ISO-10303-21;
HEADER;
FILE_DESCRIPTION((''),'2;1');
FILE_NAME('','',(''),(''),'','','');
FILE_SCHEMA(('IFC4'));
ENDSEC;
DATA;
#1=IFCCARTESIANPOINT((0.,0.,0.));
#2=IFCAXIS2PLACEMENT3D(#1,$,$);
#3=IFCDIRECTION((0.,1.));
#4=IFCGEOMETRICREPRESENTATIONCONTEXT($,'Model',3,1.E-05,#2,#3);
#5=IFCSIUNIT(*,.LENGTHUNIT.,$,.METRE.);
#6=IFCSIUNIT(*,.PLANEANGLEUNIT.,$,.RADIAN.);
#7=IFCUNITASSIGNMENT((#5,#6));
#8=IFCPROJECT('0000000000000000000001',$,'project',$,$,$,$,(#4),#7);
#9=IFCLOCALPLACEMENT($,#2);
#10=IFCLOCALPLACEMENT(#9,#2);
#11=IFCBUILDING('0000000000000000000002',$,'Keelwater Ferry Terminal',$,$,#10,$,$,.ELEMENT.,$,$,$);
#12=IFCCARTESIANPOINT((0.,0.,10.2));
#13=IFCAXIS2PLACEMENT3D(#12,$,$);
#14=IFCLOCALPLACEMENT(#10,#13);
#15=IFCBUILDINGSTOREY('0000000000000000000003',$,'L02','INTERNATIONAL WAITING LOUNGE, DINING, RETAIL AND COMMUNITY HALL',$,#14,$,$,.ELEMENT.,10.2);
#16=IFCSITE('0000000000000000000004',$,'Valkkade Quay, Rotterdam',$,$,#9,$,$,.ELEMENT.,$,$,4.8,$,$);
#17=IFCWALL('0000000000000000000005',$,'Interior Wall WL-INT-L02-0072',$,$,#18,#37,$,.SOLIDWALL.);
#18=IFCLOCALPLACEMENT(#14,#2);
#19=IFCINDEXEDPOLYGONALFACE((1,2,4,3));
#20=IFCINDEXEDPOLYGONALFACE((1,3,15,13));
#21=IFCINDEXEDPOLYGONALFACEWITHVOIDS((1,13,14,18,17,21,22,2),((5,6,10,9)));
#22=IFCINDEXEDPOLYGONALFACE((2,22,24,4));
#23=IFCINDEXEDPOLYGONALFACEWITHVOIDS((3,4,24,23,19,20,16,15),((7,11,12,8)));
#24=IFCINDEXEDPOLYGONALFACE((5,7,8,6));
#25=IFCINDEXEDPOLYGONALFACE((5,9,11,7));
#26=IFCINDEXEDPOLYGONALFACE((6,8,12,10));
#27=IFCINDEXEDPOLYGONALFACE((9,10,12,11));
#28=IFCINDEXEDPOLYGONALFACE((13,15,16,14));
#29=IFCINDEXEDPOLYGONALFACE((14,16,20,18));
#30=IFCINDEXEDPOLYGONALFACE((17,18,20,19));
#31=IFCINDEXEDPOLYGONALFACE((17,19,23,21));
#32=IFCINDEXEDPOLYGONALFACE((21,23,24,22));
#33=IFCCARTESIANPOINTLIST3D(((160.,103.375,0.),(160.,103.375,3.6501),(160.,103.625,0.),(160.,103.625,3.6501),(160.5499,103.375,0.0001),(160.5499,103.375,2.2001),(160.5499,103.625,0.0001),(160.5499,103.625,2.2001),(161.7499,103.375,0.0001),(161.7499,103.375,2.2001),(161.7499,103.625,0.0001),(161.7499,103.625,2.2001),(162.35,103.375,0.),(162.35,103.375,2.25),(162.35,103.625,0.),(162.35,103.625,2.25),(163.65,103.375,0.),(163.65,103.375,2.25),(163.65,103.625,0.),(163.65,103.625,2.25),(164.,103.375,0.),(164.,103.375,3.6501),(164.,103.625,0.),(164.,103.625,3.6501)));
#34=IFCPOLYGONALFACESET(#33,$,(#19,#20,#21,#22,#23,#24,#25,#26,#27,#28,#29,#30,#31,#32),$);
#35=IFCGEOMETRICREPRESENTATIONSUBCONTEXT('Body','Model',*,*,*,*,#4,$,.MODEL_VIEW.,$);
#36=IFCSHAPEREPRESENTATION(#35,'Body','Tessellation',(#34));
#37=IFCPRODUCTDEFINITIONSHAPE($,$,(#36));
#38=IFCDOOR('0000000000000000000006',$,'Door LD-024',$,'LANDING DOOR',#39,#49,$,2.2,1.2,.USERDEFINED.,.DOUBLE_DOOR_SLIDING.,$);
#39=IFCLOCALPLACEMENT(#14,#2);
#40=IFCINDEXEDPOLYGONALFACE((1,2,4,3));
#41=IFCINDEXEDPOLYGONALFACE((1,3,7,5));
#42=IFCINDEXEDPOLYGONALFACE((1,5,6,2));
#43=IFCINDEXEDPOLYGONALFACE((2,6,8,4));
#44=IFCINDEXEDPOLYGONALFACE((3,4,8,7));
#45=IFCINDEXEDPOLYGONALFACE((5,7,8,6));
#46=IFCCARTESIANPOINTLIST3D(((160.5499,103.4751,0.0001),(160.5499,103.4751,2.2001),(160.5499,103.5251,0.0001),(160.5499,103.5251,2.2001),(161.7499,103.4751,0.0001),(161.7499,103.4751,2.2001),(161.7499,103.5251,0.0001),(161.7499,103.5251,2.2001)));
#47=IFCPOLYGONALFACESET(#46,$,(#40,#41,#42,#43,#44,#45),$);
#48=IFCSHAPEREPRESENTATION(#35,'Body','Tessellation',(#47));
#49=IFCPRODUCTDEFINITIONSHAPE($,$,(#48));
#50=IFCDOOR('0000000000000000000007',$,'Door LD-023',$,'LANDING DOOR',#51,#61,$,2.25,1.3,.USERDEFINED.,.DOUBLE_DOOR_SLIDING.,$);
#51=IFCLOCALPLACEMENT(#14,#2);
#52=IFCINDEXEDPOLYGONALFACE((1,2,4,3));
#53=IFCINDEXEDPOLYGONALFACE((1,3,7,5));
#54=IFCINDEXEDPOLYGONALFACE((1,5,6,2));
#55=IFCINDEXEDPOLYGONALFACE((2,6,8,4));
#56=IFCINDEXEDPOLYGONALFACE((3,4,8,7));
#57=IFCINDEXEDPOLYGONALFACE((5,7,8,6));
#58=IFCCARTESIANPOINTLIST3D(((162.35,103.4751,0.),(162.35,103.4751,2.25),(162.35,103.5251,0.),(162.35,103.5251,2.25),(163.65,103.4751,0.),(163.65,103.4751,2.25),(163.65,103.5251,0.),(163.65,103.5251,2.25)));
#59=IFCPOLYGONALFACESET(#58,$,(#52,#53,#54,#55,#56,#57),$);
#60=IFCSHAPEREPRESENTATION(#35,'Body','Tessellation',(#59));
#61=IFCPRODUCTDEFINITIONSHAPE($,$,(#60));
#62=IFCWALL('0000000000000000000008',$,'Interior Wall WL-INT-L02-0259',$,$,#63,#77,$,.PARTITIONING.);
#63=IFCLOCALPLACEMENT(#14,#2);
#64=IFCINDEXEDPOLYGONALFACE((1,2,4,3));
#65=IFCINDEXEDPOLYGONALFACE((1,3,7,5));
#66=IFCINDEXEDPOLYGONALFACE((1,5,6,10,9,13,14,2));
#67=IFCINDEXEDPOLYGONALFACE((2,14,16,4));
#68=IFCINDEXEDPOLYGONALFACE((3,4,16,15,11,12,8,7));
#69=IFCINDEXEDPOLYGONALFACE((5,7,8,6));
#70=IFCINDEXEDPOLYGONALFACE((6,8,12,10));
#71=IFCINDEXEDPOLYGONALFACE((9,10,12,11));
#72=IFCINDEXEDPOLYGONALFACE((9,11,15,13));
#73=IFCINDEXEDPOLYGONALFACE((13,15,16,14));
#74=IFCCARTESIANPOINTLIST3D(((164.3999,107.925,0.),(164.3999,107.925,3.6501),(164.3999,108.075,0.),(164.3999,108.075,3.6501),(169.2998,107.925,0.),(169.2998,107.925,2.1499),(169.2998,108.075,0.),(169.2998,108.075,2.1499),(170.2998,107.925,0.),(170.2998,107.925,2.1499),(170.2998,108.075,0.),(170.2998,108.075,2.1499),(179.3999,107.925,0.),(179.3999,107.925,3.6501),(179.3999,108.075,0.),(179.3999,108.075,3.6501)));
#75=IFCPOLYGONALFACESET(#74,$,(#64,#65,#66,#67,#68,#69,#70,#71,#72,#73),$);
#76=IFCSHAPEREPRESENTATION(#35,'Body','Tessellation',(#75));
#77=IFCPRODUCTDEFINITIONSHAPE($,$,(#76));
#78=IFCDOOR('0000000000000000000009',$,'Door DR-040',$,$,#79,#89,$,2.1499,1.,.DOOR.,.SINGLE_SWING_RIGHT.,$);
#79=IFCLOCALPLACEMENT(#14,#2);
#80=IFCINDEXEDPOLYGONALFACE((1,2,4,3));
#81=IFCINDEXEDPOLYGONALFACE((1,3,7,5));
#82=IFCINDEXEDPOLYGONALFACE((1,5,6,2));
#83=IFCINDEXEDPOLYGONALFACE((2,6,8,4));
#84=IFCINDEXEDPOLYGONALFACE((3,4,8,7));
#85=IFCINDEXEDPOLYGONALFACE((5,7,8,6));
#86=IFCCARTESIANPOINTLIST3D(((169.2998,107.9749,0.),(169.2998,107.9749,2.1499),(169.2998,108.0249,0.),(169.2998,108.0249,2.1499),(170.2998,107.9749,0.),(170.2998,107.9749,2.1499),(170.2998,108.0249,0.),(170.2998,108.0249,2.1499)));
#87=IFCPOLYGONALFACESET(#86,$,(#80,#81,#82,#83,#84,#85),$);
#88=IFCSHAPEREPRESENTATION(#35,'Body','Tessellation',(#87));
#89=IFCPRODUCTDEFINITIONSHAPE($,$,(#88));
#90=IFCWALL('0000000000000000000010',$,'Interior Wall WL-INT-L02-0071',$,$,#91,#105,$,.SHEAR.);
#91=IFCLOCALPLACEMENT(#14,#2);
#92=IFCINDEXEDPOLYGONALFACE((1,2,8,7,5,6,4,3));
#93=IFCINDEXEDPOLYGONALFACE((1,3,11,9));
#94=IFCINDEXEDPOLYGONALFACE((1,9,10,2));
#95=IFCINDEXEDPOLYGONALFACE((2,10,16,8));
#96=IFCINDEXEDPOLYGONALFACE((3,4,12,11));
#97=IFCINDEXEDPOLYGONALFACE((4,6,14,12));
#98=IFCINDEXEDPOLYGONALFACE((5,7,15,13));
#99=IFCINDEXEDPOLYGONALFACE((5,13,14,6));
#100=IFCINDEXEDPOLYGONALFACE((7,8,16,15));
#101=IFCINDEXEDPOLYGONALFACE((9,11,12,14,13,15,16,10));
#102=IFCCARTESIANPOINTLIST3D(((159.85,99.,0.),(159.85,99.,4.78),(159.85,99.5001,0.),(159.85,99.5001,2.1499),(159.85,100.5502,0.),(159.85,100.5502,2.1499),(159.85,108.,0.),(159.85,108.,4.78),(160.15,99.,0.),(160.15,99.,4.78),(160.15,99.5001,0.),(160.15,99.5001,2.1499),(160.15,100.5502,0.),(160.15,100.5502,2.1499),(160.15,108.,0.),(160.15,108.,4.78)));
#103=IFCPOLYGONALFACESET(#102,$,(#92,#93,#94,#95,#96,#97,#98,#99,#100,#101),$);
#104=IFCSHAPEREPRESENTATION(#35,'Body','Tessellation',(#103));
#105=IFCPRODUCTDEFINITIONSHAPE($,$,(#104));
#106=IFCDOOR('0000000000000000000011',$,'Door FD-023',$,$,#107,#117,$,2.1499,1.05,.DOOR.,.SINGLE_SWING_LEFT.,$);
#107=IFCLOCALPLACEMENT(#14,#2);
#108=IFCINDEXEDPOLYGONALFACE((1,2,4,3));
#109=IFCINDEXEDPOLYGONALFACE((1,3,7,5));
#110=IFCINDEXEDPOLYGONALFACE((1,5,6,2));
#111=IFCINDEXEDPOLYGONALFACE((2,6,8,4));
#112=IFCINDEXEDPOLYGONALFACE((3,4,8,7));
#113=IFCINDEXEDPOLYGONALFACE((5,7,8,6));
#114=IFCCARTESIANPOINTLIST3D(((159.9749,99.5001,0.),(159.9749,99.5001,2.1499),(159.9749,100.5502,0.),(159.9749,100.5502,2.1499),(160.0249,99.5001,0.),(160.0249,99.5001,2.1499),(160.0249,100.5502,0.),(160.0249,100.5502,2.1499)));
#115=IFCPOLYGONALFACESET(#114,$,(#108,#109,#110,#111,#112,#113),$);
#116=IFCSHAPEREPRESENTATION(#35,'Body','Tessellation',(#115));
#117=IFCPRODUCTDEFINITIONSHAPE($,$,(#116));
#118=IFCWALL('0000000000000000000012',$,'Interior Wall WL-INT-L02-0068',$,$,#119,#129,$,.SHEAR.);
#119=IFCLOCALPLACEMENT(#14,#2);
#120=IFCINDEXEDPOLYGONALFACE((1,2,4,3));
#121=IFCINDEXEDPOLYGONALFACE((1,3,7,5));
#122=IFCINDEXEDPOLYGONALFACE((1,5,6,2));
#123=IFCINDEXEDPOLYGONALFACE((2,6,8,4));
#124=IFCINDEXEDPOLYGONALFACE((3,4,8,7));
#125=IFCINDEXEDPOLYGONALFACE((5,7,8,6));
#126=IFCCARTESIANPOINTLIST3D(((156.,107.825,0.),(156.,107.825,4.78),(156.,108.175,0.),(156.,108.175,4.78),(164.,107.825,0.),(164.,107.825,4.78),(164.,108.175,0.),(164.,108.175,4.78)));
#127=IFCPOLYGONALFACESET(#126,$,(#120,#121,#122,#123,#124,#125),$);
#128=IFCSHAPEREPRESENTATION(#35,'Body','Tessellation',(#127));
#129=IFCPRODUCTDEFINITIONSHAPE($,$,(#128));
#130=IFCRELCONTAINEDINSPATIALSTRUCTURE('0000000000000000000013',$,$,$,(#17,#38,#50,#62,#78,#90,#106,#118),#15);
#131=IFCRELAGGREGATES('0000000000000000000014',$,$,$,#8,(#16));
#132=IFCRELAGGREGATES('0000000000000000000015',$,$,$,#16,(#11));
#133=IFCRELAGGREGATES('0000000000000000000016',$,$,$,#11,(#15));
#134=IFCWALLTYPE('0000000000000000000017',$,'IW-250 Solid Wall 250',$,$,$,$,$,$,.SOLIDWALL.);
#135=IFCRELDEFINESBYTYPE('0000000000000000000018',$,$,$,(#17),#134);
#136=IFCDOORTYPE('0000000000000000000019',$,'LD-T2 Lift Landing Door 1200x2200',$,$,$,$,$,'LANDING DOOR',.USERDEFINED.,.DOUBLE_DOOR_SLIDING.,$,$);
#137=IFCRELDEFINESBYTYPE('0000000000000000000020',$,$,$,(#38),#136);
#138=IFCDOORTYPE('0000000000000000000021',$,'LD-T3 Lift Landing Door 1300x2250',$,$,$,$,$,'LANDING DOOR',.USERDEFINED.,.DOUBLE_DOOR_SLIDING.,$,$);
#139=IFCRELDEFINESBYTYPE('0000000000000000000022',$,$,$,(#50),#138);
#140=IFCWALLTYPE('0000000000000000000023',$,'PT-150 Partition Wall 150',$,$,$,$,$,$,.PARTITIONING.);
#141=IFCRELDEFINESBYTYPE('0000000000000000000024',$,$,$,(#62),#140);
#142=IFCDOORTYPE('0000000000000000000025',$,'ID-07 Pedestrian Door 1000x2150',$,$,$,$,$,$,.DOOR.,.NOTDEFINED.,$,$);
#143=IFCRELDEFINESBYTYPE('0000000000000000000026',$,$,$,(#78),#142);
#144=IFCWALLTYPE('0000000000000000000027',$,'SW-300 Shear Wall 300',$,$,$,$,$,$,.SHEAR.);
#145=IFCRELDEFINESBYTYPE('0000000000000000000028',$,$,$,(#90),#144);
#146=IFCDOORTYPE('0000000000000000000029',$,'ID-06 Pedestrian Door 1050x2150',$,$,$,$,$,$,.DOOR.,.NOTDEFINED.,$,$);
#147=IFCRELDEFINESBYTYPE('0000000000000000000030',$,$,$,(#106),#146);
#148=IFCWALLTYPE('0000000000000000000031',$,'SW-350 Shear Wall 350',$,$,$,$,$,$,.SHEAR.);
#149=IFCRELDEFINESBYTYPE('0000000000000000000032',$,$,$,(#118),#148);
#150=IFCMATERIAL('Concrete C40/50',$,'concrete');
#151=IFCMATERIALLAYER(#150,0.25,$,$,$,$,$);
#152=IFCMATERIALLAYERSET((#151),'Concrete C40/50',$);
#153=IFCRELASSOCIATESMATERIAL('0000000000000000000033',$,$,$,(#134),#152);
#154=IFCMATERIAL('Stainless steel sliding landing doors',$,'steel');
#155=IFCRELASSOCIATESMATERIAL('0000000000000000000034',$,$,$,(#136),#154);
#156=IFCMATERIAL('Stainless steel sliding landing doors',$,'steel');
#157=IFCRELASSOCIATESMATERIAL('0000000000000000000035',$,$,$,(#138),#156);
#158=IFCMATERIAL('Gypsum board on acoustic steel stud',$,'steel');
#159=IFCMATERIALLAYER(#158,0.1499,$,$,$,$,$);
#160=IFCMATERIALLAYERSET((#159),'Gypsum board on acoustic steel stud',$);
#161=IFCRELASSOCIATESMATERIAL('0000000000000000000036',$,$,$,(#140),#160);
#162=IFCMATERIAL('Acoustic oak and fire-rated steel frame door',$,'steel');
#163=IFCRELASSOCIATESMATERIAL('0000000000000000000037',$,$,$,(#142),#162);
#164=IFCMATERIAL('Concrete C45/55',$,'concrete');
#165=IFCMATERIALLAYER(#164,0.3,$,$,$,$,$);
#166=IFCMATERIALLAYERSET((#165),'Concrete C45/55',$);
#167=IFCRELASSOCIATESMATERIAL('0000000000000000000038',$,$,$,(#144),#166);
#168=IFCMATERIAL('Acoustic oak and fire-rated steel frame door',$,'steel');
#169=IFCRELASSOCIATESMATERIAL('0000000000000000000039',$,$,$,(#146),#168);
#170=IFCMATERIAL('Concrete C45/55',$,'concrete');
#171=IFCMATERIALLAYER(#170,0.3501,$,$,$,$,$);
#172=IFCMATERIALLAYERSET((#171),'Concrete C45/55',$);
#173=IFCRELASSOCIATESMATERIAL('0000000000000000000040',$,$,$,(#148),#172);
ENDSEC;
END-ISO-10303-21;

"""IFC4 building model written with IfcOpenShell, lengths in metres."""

from ifc_helpers import new_model, si_unit, direction, frame, frame_2d, origin, place, context, subcontext, project, spatial, rectangle, extrude, material, layer, layer_set, type_object, element, fill, save


model = new_model("IFC4")

# Units and contexts
model_context = context("Model", 3, precision=1e-05, world=origin(), true_north=direction((0.0, 1.0)))
body_context = subcontext(model_context, "Body", "Model", "MODEL_VIEW")
ifc_project = project(units=[si_unit("LENGTHUNIT", "METRE"), si_unit("PLANEANGLEUNIT", "RADIAN")], contexts=[model_context])

# Site, building, storey
site_placement = place(None, origin())
site = spatial("IfcSite", under=ifc_project, at=site_placement, Name="Valkkade Quay, Rotterdam", CompositionType="ELEMENT", RefElevation=4.8)
building_placement = place(site_placement, origin())
building = spatial("IfcBuilding", under=site, at=building_placement, Name="Keelwater Ferry Terminal", CompositionType="ELEMENT")
storey_placement = place(building_placement, frame((0.0, 0.0, 10.2)))
storey = spatial("IfcBuildingStorey", under=building, at=storey_placement, Name="L02", Description="INTERNATIONAL WAITING LOUNGE, DINING, RETAIL AND COMMUNITY HALL", CompositionType="ELEMENT", Elevation=10.2)

# Wall, openings, doors
ifc_material_1 = material(Name="Concrete C40/50", Category="concrete")
ifc_layer_1 = layer(ifc_material_1, 0.25)
ifc_layer_set_1 = layer_set([ifc_layer_1], Name="Concrete C40/50")
wall_type_1 = type_object("IfcWallType", Name="IW-250 Solid Wall 250", PredefinedType="SOLIDWALL", material=ifc_layer_set_1)
wall_1_placement = place(storey_placement, frame((164.0, 103.5, 0.0), z_axis=(0.0, 0.0, 1.0), x_axis=(-1.0, 0.0, 0.0)))
wall_1 = element("IfcWall", 1, at=wall_1_placement, inside=storey, type_object=wall_type_1, Name="Interior Wall WL-INT-L02-0072", PredefinedType="SOLIDWALL", context=body_context, shape_type="SweptSolid", body=[
    extrude(rectangle(XDim=4.0, YDim=0.25, at=frame_2d((2.0, 0.0))), origin(), (0.0, 0.0, 1.0), 3.6501),
])
opening_1_placement = place(wall_1_placement, frame((0.3501, 0.0, 0.0)))
opening_1 = element("IfcOpeningElement", 2, at=opening_1_placement, cuts=wall_1, PredefinedType="OPENING", context=body_context, shape_type="SweptSolid", body=[
    extrude(rectangle(XDim=1.3, YDim=2.25, at=frame_2d((0.6499, 1.125))), frame((0.0, 0.135, 0.0), z_axis=(0.0, -1.0, 0.0), x_axis=(1.0, 0.0, 0.0)), (0.0, 0.0, 1.0), 0.27),
])
opening_2_placement = place(wall_1_placement, frame((2.25, 0.0, 0.0)))
opening_2 = element("IfcOpeningElement", 3, at=opening_2_placement, cuts=wall_1, PredefinedType="OPENING", context=body_context, shape_type="SweptSolid", body=[
    extrude(rectangle(XDim=1.2, YDim=2.2, at=frame_2d((0.6001, 1.1001))), frame((0.0, 0.135, 0.0), z_axis=(0.0, -1.0, 0.0), x_axis=(1.0, 0.0, 0.0)), (0.0, 0.0, 1.0), 0.27),
])
ifc_material_2 = material(Name="Stainless steel sliding landing doors", Category="steel")
door_type_1 = type_object("IfcDoorType", Name="LD-T2 Lift Landing Door 1200x2200", ElementType="LANDING DOOR", OperationType="DOUBLE_DOOR_SLIDING", PredefinedType="USERDEFINED", material=ifc_material_2)
door_1_placement = place(opening_2_placement, origin())
door_1 = element("IfcDoor", 4, at=door_1_placement, inside=storey, type_object=door_type_1, Name="Door LD-024", ObjectType="LANDING DOOR", OperationType="DOUBLE_DOOR_SLIDING", OverallHeight=2.2, OverallWidth=1.2, PredefinedType="USERDEFINED", context=body_context, shape_type="SweptSolid", body=[
    extrude(rectangle(XDim=1.2, YDim=2.2, at=frame_2d((0.6001, 1.1001))), frame((0.0, 0.0249, 0.0), z_axis=(0.0, -1.0, 0.0), x_axis=(1.0, 0.0, 0.0)), (0.0, 0.0, 1.0), 0.05),
])
fill(opening_2, door_1)
ifc_material_3 = material(Name="Stainless steel sliding landing doors", Category="steel")
door_type_2 = type_object("IfcDoorType", Name="LD-T3 Lift Landing Door 1300x2250", ElementType="LANDING DOOR", OperationType="DOUBLE_DOOR_SLIDING", PredefinedType="USERDEFINED", material=ifc_material_3)
door_2_placement = place(opening_1_placement, origin())
door_2 = element("IfcDoor", 5, at=door_2_placement, inside=storey, type_object=door_type_2, Name="Door LD-023", ObjectType="LANDING DOOR", OperationType="DOUBLE_DOOR_SLIDING", OverallHeight=2.25, OverallWidth=1.3, PredefinedType="USERDEFINED", context=body_context, shape_type="SweptSolid", body=[
    extrude(rectangle(XDim=1.3, YDim=2.25, at=frame_2d((0.6499, 1.125))), frame((0.0, 0.0249, 0.0), z_axis=(0.0, -1.0, 0.0), x_axis=(1.0, 0.0, 0.0)), (0.0, 0.0, 1.0), 0.05),
])
fill(opening_1, door_2)

# Walls, openings, doors
ifc_material_4 = material(Name="Gypsum board on acoustic steel stud", Category="steel")
ifc_layer_2 = layer(ifc_material_4, 0.1499)
ifc_layer_set_2 = layer_set([ifc_layer_2], Name="Gypsum board on acoustic steel stud")
wall_type_2 = type_object("IfcWallType", Name="PT-150 Partition Wall 150", PredefinedType="PARTITIONING", material=ifc_layer_set_2)
wall_2_placement = place(storey_placement, frame((164.3999, 108.0, 0.0), z_axis=(0.0, 0.0, 1.0), x_axis=(1.0, 0.0, 0.0)))
wall_2 = element("IfcWall", 6, at=wall_2_placement, inside=storey, type_object=wall_type_2, Name="Interior Wall WL-INT-L02-0259", PredefinedType="PARTITIONING", context=body_context, shape_type="SweptSolid", body=[
    extrude(rectangle(XDim=15.0, YDim=0.1499, at=frame_2d((7.5, 0.0))), origin(), (0.0, 0.0, 1.0), 3.6501),
])
opening_3_placement = place(wall_2_placement, frame((4.8999, 0.0, 0.0)))
opening_3 = element("IfcOpeningElement", 7, at=opening_3_placement, cuts=wall_2, PredefinedType="OPENING", context=body_context, shape_type="SweptSolid", body=[
    extrude(rectangle(XDim=1.0, YDim=2.1499, at=frame_2d((0.5, 1.075))), frame((0.0, 0.085, 0.0), z_axis=(0.0, -1.0, 0.0), x_axis=(1.0, 0.0, 0.0)), (0.0, 0.0, 1.0), 0.1699),
])
ifc_material_5 = material(Name="Acoustic oak and fire-rated steel frame door", Category="steel")
door_type_3 = type_object("IfcDoorType", Name="ID-07 Pedestrian Door 1000x2150", OperationType="NOTDEFINED", PredefinedType="DOOR", material=ifc_material_5)
door_3_placement = place(opening_3_placement, origin())
door_3 = element("IfcDoor", 8, at=door_3_placement, inside=storey, type_object=door_type_3, Name="Door DR-040", OperationType="SINGLE_SWING_RIGHT", OverallHeight=2.1499, OverallWidth=1.0, PredefinedType="DOOR", context=body_context, shape_type="SweptSolid", body=[
    extrude(rectangle(XDim=1.0, YDim=2.1499, at=frame_2d((0.5, 1.075))), frame((0.0, 0.0249, 0.0), z_axis=(0.0, -1.0, 0.0), x_axis=(1.0, 0.0, 0.0)), (0.0, 0.0, 1.0), 0.05),
])
fill(opening_3, door_3)
ifc_material_6 = material(Name="Concrete C45/55", Category="concrete")
ifc_layer_3 = layer(ifc_material_6, 0.3)
ifc_layer_set_3 = layer_set([ifc_layer_3], Name="Concrete C45/55")
wall_type_3 = type_object("IfcWallType", Name="SW-300 Shear Wall 300", PredefinedType="SHEAR", material=ifc_layer_set_3)
wall_3_placement = place(storey_placement, frame((160.0, 108.0, 0.0), z_axis=(0.0, 0.0, 1.0), x_axis=(0.0, -1.0, 0.0)))
wall_3 = element("IfcWall", 9, at=wall_3_placement, inside=storey, type_object=wall_type_3, Name="Interior Wall WL-INT-L02-0071", PredefinedType="SHEAR", context=body_context, shape_type="SweptSolid", body=[
    extrude(rectangle(XDim=9.0, YDim=0.3, at=frame_2d((4.5, 0.0))), origin(), (0.0, 0.0, 1.0), 4.78),
])
opening_4_placement = place(wall_3_placement, frame((7.45, 0.0, 0.0)))
opening_4 = element("IfcOpeningElement", 10, at=opening_4_placement, cuts=wall_3, PredefinedType="OPENING", context=body_context, shape_type="SweptSolid", body=[
    extrude(rectangle(XDim=1.05, YDim=2.1499, at=frame_2d((0.5249, 1.075))), frame((0.0, 0.1599, 0.0), z_axis=(0.0, -1.0, 0.0), x_axis=(1.0, 0.0, 0.0)), (0.0, 0.0, 1.0), 0.3201),
])
ifc_material_7 = material(Name="Acoustic oak and fire-rated steel frame door", Category="steel")
door_type_4 = type_object("IfcDoorType", Name="ID-06 Pedestrian Door 1050x2150", OperationType="NOTDEFINED", PredefinedType="DOOR", material=ifc_material_7)
door_4_placement = place(opening_4_placement, origin())
door_4 = element("IfcDoor", 11, at=door_4_placement, inside=storey, type_object=door_type_4, Name="Door FD-023", OperationType="SINGLE_SWING_LEFT", OverallHeight=2.1499, OverallWidth=1.05, PredefinedType="DOOR", context=body_context, shape_type="SweptSolid", body=[
    extrude(rectangle(XDim=1.05, YDim=2.1499, at=frame_2d((0.5249, 1.075))), frame((0.0, 0.0249, 0.0), z_axis=(0.0, -1.0, 0.0), x_axis=(1.0, 0.0, 0.0)), (0.0, 0.0, 1.0), 0.05),
])
fill(opening_4, door_4)

# Wall
ifc_material_8 = material(Name="Concrete C45/55", Category="concrete")
ifc_layer_4 = layer(ifc_material_8, 0.3501)
ifc_layer_set_4 = layer_set([ifc_layer_4], Name="Concrete C45/55")
wall_type_4 = type_object("IfcWallType", Name="SW-350 Shear Wall 350", PredefinedType="SHEAR", material=ifc_layer_set_4)
wall_4_placement = place(storey_placement, frame((156.0, 108.0, 0.0), z_axis=(0.0, 0.0, 1.0), x_axis=(1.0, 0.0, 0.0)))
element("IfcWall", 12, at=wall_4_placement, inside=storey, type_object=wall_type_4, Name="Interior Wall WL-INT-L02-0068", PredefinedType="SHEAR", context=body_context, shape_type="SweptSolid", body=[
    extrude(rectangle(XDim=8.0, YDim=0.3501, at=frame_2d((4.0, 0.0))), origin(), (0.0, 0.0, 1.0), 4.78),
])

save(model, "model.ifc")
